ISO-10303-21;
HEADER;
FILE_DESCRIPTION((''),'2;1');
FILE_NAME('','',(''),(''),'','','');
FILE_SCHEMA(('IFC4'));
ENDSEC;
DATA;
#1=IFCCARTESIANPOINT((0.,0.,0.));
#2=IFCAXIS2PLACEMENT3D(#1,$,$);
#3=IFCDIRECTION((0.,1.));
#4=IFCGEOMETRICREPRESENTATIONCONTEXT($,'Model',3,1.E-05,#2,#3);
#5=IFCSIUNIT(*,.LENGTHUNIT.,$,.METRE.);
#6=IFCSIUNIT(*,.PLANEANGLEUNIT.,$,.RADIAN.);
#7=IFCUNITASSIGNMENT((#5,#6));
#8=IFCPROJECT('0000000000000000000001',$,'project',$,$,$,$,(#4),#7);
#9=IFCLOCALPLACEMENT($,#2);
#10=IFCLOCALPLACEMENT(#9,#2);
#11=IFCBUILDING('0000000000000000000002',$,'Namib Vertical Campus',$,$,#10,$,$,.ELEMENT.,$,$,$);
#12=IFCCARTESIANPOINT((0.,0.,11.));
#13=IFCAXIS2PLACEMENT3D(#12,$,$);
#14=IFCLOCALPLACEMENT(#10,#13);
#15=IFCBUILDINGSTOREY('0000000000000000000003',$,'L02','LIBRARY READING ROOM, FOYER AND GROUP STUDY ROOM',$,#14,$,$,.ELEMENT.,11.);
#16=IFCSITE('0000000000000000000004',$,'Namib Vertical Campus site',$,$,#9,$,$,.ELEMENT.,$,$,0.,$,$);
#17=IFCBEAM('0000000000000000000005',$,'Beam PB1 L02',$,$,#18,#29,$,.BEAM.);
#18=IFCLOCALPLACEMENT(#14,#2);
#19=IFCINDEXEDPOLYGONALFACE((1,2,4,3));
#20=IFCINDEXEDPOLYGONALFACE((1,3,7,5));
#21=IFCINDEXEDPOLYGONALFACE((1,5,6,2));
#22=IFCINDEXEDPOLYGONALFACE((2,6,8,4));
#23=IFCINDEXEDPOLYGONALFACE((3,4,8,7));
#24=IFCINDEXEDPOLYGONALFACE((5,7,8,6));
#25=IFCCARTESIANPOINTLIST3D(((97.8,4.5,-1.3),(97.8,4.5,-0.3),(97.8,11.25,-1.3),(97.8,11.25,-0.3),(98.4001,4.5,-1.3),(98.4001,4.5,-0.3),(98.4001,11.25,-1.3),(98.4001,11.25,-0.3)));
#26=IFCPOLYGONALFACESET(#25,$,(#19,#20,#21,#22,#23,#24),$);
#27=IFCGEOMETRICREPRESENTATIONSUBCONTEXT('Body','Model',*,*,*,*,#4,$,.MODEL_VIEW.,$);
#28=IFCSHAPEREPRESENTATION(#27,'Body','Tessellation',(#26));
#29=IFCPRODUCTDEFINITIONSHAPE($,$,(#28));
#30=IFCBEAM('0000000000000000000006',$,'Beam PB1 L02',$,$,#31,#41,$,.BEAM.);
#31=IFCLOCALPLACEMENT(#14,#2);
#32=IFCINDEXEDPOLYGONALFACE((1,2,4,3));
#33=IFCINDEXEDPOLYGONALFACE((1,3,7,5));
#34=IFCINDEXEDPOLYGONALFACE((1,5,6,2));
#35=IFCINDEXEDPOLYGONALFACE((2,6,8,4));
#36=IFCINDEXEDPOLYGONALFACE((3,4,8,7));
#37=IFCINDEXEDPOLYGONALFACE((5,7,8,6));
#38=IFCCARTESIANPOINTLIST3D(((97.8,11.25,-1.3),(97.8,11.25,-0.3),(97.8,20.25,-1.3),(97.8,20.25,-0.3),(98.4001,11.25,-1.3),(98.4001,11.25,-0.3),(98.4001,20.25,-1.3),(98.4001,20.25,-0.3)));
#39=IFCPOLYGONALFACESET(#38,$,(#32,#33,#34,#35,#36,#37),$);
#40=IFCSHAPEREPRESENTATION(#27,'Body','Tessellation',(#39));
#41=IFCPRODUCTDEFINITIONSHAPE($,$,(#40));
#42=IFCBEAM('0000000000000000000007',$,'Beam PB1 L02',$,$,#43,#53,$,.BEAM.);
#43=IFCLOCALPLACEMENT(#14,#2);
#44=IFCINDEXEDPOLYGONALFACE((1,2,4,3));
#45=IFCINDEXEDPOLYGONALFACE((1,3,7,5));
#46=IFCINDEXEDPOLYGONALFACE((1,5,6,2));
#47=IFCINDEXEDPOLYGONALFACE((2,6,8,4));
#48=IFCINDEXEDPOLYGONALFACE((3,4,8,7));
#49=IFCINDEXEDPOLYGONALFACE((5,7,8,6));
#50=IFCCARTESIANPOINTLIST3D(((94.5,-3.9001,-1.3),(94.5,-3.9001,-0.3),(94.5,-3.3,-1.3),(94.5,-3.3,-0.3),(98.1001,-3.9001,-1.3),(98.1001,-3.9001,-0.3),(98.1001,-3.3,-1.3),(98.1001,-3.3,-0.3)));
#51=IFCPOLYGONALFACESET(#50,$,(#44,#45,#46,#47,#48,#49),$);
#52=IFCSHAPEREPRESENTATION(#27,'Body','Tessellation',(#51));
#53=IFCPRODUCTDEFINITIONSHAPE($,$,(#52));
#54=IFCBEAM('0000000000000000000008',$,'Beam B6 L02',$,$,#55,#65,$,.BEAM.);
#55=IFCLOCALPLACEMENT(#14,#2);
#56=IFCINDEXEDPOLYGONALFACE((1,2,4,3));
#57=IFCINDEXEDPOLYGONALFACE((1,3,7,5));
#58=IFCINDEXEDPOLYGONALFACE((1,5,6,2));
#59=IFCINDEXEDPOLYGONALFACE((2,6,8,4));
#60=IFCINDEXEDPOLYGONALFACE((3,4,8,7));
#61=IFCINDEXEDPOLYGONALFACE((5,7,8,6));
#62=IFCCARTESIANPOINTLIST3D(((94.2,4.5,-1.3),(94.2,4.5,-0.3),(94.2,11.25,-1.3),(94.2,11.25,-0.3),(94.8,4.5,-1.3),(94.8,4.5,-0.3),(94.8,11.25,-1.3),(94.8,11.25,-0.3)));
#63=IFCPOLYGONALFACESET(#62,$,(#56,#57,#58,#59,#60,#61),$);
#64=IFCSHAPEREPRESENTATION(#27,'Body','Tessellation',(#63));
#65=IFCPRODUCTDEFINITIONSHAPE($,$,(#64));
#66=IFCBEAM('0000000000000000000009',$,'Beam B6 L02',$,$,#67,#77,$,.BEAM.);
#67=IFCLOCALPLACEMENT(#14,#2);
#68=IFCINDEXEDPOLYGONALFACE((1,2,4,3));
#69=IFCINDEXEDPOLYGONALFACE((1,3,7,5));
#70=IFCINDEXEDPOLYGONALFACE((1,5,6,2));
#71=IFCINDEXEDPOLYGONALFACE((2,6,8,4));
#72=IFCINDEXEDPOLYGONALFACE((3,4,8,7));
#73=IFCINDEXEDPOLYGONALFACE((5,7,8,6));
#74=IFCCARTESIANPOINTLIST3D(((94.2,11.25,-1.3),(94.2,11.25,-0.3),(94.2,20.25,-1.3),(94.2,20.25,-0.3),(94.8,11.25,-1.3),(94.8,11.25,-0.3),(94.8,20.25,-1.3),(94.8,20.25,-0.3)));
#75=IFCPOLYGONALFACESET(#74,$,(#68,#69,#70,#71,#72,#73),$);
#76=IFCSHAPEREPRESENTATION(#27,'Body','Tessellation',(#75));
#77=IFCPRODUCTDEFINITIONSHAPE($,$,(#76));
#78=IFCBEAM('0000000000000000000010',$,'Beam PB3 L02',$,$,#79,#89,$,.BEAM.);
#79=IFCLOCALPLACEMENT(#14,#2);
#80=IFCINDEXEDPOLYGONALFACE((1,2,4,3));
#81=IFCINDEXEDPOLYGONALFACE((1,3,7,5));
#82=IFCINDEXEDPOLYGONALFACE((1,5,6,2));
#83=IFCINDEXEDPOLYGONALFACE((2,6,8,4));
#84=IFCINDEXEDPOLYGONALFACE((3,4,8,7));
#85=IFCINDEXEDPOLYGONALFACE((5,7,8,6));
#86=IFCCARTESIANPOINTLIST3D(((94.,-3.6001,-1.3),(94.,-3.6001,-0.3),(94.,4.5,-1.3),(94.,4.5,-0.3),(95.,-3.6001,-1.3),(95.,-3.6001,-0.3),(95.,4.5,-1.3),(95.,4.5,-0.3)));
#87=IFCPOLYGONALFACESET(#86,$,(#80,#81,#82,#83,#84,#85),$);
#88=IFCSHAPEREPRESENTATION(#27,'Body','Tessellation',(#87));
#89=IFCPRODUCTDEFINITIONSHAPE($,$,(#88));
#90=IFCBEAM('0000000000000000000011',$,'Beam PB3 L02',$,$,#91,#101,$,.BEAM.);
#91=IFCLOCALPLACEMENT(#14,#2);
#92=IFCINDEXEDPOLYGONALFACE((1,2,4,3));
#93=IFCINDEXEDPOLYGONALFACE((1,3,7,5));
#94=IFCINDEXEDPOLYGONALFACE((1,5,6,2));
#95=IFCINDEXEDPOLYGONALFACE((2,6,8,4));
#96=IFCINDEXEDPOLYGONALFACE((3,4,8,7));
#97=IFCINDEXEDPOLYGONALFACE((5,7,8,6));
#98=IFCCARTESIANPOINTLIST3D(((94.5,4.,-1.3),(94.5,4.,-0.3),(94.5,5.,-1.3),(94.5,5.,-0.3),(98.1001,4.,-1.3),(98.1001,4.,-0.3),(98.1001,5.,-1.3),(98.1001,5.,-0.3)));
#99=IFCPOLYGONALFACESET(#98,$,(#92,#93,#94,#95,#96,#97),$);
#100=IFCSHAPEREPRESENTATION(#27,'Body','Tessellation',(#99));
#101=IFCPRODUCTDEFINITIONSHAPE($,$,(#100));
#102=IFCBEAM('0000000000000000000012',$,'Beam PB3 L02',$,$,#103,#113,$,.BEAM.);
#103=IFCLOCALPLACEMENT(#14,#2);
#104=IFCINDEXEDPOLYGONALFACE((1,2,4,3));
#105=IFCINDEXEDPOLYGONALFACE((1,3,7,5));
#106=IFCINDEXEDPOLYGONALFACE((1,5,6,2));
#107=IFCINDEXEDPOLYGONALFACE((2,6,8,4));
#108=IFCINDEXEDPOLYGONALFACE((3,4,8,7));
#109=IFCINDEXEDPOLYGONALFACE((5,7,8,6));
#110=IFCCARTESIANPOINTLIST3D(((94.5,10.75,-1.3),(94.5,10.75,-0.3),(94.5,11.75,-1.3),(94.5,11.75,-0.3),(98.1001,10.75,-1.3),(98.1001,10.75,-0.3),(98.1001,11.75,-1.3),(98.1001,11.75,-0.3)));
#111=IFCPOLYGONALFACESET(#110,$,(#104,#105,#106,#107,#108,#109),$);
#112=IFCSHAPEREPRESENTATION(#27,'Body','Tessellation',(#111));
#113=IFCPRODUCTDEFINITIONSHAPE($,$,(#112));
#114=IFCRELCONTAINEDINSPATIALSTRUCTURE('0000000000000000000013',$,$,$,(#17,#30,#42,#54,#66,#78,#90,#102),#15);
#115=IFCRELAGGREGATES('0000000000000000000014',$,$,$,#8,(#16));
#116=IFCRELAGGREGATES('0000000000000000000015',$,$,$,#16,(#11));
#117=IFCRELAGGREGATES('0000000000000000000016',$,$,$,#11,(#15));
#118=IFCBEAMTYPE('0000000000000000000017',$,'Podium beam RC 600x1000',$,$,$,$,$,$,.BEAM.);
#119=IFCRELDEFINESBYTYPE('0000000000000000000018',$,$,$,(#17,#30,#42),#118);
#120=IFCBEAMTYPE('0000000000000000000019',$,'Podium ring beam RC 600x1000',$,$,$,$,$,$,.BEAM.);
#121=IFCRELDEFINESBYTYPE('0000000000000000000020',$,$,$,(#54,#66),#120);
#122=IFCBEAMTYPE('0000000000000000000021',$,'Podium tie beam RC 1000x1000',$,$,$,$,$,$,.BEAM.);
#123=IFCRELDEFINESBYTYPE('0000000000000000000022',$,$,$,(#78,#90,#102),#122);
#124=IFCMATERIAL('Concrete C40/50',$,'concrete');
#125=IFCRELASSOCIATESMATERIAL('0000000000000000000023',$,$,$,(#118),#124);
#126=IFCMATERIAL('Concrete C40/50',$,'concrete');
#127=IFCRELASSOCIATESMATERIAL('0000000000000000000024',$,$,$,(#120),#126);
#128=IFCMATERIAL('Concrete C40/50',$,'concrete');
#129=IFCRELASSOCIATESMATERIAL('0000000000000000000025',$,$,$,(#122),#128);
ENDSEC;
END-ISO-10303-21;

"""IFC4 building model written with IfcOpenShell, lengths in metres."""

from ifc_helpers import new_model, si_unit, direction, frame, origin, origin_2d, place, context, subcontext, project, spatial, rectangle, extrude, material, material_profile, profile_set, type_object, element, save


model = new_model("IFC4")

# Units and contexts
model_context = context("Model", 3, precision=1e-05, world=origin(), true_north=direction((0.0, 1.0)))
body_context = subcontext(model_context, "Body", "Model", "MODEL_VIEW")
ifc_project = project(units=[si_unit("LENGTHUNIT", "METRE"), si_unit("PLANEANGLEUNIT", "RADIAN")], contexts=[model_context])

# Site, building, storey
site_placement = place(None, origin())
site = spatial("IfcSite", under=ifc_project, at=site_placement, Name="Namib Vertical Campus site", CompositionType="ELEMENT", RefElevation=0.0)
building_placement = place(site_placement, origin())
building = spatial("IfcBuilding", under=site, at=building_placement, Name="Namib Vertical Campus", CompositionType="ELEMENT")
storey_placement = place(building_placement, frame((0.0, 0.0, 11.0)))
storey = spatial("IfcBuildingStorey", under=building, at=storey_placement, Name="L02", Description="LIBRARY READING ROOM, FOYER AND GROUP STUDY ROOM", CompositionType="ELEMENT", Elevation=11.0)

# Beams
ifc_material_1 = material(Name="Concrete C40/50", Category="concrete")
ifc_material_profile_1 = material_profile(ifc_material_1, rectangle(XDim=0.6001, YDim=1.0, at=origin_2d()))
ifc_profile_set_1 = profile_set([ifc_material_profile_1], Name="Concrete C40/50")
beam_type_1 = type_object("IfcBeamType", Name="Podium beam RC 600x1000", PredefinedType="BEAM", material=ifc_profile_set_1)
beam_1_placement = place(storey_placement, frame((98.1001, 4.5, -0.8), z_axis=(0.0, 1.0, 0.0), x_axis=(-1.0, 0.0, 0.0)))
element("IfcBeam", 1, at=beam_1_placement, inside=storey, type_object=beam_type_1, Name="Beam PB1 L02", PredefinedType="BEAM", context=body_context, shape_type="SweptSolid", body=[
    extrude(rectangle(XDim=0.6001, YDim=1.0, at=origin_2d()), origin(), (0.0, 0.0, 1.0), 6.75),
])
beam_2_placement = place(storey_placement, frame((98.1001, 11.25, -0.8), z_axis=(0.0, 1.0, 0.0), x_axis=(-1.0, 0.0, 0.0)))
element("IfcBeam", 2, at=beam_2_placement, inside=storey, type_object=beam_type_1, Name="Beam PB1 L02", PredefinedType="BEAM", context=body_context, shape_type="SweptSolid", body=[
    extrude(rectangle(XDim=0.6001, YDim=1.0, at=origin_2d()), origin(), (0.0, 0.0, 1.0), 9.0),
])
beam_3_placement = place(storey_placement, frame((94.5, -3.6001, -0.8), z_axis=(1.0, 0.0, 0.0), x_axis=(0.0, 1.0, 0.0)))
element("IfcBeam", 3, at=beam_3_placement, inside=storey, type_object=beam_type_1, Name="Beam PB1 L02", PredefinedType="BEAM", context=body_context, shape_type="SweptSolid", body=[
    extrude(rectangle(XDim=0.6001, YDim=1.0, at=origin_2d()), origin(), (0.0, 0.0, 1.0), 3.6001),
])
ifc_material_2 = material(Name="Concrete C40/50", Category="concrete")
ifc_material_profile_2 = material_profile(ifc_material_2, rectangle(XDim=0.6001, YDim=1.0, at=origin_2d()))
ifc_profile_set_2 = profile_set([ifc_material_profile_2], Name="Concrete C40/50")
beam_type_2 = type_object("IfcBeamType", Name="Podium ring beam RC 600x1000", PredefinedType="BEAM", material=ifc_profile_set_2)
beam_4_placement = place(storey_placement, frame((94.5, 4.5, -0.8), z_axis=(0.0, 1.0, 0.0), x_axis=(-1.0, 0.0, 0.0)))
element("IfcBeam", 4, at=beam_4_placement, inside=storey, type_object=beam_type_2, Name="Beam B6 L02", PredefinedType="BEAM", context=body_context, shape_type="SweptSolid", body=[
    extrude(rectangle(XDim=0.6001, YDim=1.0, at=origin_2d()), origin(), (0.0, 0.0, 1.0), 6.75),
])
beam_5_placement = place(storey_placement, frame((94.5, 11.25, -0.8), z_axis=(0.0, 1.0, 0.0), x_axis=(-1.0, 0.0, 0.0)))
element("IfcBeam", 5, at=beam_5_placement, inside=storey, type_object=beam_type_2, Name="Beam B6 L02", PredefinedType="BEAM", context=body_context, shape_type="SweptSolid", body=[
    extrude(rectangle(XDim=0.6001, YDim=1.0, at=origin_2d()), origin(), (0.0, 0.0, 1.0), 9.0),
])
ifc_material_3 = material(Name="Concrete C40/50", Category="concrete")
ifc_material_profile_3 = material_profile(ifc_material_3, rectangle(XDim=1.0, YDim=1.0, at=origin_2d()))
ifc_profile_set_3 = profile_set([ifc_material_profile_3], Name="Concrete C40/50")
beam_type_3 = type_object("IfcBeamType", Name="Podium tie beam RC 1000x1000", PredefinedType="BEAM", material=ifc_profile_set_3)
beam_6_placement = place(storey_placement, frame((94.5, -3.6001, -0.8), z_axis=(0.0, 1.0, 0.0), x_axis=(-1.0, 0.0, 0.0)))
element("IfcBeam", 6, at=beam_6_placement, inside=storey, type_object=beam_type_3, Name="Beam PB3 L02", PredefinedType="BEAM", context=body_context, shape_type="SweptSolid", body=[
    extrude(rectangle(XDim=1.0, YDim=1.0, at=origin_2d()), origin(), (0.0, 0.0, 1.0), 8.1001),
])
for number, where, z_axis, x_axis, name in (
    (7, (94.5, 4.5, -0.8), (1.0, 0.0, 0.0), (0.0, 1.0, 0.0), "Beam PB3 L02"),
    (8, (94.5, 11.25, -0.8), (1.0, 0.0, 0.0), (0.0, 1.0, 0.0), "Beam PB3 L02"),
):
    element("IfcBeam", number, at=place(storey_placement, frame(where, z_axis=z_axis, x_axis=x_axis)), inside=storey, type_object=beam_type_3, Name=name, PredefinedType="BEAM", context=body_context, shape_type="SweptSolid", body=[
        extrude(rectangle(XDim=1.0, YDim=1.0, at=origin_2d()), origin(), (0.0, 0.0, 1.0), 3.6001),
    ])

save(model, "model.ifc")
